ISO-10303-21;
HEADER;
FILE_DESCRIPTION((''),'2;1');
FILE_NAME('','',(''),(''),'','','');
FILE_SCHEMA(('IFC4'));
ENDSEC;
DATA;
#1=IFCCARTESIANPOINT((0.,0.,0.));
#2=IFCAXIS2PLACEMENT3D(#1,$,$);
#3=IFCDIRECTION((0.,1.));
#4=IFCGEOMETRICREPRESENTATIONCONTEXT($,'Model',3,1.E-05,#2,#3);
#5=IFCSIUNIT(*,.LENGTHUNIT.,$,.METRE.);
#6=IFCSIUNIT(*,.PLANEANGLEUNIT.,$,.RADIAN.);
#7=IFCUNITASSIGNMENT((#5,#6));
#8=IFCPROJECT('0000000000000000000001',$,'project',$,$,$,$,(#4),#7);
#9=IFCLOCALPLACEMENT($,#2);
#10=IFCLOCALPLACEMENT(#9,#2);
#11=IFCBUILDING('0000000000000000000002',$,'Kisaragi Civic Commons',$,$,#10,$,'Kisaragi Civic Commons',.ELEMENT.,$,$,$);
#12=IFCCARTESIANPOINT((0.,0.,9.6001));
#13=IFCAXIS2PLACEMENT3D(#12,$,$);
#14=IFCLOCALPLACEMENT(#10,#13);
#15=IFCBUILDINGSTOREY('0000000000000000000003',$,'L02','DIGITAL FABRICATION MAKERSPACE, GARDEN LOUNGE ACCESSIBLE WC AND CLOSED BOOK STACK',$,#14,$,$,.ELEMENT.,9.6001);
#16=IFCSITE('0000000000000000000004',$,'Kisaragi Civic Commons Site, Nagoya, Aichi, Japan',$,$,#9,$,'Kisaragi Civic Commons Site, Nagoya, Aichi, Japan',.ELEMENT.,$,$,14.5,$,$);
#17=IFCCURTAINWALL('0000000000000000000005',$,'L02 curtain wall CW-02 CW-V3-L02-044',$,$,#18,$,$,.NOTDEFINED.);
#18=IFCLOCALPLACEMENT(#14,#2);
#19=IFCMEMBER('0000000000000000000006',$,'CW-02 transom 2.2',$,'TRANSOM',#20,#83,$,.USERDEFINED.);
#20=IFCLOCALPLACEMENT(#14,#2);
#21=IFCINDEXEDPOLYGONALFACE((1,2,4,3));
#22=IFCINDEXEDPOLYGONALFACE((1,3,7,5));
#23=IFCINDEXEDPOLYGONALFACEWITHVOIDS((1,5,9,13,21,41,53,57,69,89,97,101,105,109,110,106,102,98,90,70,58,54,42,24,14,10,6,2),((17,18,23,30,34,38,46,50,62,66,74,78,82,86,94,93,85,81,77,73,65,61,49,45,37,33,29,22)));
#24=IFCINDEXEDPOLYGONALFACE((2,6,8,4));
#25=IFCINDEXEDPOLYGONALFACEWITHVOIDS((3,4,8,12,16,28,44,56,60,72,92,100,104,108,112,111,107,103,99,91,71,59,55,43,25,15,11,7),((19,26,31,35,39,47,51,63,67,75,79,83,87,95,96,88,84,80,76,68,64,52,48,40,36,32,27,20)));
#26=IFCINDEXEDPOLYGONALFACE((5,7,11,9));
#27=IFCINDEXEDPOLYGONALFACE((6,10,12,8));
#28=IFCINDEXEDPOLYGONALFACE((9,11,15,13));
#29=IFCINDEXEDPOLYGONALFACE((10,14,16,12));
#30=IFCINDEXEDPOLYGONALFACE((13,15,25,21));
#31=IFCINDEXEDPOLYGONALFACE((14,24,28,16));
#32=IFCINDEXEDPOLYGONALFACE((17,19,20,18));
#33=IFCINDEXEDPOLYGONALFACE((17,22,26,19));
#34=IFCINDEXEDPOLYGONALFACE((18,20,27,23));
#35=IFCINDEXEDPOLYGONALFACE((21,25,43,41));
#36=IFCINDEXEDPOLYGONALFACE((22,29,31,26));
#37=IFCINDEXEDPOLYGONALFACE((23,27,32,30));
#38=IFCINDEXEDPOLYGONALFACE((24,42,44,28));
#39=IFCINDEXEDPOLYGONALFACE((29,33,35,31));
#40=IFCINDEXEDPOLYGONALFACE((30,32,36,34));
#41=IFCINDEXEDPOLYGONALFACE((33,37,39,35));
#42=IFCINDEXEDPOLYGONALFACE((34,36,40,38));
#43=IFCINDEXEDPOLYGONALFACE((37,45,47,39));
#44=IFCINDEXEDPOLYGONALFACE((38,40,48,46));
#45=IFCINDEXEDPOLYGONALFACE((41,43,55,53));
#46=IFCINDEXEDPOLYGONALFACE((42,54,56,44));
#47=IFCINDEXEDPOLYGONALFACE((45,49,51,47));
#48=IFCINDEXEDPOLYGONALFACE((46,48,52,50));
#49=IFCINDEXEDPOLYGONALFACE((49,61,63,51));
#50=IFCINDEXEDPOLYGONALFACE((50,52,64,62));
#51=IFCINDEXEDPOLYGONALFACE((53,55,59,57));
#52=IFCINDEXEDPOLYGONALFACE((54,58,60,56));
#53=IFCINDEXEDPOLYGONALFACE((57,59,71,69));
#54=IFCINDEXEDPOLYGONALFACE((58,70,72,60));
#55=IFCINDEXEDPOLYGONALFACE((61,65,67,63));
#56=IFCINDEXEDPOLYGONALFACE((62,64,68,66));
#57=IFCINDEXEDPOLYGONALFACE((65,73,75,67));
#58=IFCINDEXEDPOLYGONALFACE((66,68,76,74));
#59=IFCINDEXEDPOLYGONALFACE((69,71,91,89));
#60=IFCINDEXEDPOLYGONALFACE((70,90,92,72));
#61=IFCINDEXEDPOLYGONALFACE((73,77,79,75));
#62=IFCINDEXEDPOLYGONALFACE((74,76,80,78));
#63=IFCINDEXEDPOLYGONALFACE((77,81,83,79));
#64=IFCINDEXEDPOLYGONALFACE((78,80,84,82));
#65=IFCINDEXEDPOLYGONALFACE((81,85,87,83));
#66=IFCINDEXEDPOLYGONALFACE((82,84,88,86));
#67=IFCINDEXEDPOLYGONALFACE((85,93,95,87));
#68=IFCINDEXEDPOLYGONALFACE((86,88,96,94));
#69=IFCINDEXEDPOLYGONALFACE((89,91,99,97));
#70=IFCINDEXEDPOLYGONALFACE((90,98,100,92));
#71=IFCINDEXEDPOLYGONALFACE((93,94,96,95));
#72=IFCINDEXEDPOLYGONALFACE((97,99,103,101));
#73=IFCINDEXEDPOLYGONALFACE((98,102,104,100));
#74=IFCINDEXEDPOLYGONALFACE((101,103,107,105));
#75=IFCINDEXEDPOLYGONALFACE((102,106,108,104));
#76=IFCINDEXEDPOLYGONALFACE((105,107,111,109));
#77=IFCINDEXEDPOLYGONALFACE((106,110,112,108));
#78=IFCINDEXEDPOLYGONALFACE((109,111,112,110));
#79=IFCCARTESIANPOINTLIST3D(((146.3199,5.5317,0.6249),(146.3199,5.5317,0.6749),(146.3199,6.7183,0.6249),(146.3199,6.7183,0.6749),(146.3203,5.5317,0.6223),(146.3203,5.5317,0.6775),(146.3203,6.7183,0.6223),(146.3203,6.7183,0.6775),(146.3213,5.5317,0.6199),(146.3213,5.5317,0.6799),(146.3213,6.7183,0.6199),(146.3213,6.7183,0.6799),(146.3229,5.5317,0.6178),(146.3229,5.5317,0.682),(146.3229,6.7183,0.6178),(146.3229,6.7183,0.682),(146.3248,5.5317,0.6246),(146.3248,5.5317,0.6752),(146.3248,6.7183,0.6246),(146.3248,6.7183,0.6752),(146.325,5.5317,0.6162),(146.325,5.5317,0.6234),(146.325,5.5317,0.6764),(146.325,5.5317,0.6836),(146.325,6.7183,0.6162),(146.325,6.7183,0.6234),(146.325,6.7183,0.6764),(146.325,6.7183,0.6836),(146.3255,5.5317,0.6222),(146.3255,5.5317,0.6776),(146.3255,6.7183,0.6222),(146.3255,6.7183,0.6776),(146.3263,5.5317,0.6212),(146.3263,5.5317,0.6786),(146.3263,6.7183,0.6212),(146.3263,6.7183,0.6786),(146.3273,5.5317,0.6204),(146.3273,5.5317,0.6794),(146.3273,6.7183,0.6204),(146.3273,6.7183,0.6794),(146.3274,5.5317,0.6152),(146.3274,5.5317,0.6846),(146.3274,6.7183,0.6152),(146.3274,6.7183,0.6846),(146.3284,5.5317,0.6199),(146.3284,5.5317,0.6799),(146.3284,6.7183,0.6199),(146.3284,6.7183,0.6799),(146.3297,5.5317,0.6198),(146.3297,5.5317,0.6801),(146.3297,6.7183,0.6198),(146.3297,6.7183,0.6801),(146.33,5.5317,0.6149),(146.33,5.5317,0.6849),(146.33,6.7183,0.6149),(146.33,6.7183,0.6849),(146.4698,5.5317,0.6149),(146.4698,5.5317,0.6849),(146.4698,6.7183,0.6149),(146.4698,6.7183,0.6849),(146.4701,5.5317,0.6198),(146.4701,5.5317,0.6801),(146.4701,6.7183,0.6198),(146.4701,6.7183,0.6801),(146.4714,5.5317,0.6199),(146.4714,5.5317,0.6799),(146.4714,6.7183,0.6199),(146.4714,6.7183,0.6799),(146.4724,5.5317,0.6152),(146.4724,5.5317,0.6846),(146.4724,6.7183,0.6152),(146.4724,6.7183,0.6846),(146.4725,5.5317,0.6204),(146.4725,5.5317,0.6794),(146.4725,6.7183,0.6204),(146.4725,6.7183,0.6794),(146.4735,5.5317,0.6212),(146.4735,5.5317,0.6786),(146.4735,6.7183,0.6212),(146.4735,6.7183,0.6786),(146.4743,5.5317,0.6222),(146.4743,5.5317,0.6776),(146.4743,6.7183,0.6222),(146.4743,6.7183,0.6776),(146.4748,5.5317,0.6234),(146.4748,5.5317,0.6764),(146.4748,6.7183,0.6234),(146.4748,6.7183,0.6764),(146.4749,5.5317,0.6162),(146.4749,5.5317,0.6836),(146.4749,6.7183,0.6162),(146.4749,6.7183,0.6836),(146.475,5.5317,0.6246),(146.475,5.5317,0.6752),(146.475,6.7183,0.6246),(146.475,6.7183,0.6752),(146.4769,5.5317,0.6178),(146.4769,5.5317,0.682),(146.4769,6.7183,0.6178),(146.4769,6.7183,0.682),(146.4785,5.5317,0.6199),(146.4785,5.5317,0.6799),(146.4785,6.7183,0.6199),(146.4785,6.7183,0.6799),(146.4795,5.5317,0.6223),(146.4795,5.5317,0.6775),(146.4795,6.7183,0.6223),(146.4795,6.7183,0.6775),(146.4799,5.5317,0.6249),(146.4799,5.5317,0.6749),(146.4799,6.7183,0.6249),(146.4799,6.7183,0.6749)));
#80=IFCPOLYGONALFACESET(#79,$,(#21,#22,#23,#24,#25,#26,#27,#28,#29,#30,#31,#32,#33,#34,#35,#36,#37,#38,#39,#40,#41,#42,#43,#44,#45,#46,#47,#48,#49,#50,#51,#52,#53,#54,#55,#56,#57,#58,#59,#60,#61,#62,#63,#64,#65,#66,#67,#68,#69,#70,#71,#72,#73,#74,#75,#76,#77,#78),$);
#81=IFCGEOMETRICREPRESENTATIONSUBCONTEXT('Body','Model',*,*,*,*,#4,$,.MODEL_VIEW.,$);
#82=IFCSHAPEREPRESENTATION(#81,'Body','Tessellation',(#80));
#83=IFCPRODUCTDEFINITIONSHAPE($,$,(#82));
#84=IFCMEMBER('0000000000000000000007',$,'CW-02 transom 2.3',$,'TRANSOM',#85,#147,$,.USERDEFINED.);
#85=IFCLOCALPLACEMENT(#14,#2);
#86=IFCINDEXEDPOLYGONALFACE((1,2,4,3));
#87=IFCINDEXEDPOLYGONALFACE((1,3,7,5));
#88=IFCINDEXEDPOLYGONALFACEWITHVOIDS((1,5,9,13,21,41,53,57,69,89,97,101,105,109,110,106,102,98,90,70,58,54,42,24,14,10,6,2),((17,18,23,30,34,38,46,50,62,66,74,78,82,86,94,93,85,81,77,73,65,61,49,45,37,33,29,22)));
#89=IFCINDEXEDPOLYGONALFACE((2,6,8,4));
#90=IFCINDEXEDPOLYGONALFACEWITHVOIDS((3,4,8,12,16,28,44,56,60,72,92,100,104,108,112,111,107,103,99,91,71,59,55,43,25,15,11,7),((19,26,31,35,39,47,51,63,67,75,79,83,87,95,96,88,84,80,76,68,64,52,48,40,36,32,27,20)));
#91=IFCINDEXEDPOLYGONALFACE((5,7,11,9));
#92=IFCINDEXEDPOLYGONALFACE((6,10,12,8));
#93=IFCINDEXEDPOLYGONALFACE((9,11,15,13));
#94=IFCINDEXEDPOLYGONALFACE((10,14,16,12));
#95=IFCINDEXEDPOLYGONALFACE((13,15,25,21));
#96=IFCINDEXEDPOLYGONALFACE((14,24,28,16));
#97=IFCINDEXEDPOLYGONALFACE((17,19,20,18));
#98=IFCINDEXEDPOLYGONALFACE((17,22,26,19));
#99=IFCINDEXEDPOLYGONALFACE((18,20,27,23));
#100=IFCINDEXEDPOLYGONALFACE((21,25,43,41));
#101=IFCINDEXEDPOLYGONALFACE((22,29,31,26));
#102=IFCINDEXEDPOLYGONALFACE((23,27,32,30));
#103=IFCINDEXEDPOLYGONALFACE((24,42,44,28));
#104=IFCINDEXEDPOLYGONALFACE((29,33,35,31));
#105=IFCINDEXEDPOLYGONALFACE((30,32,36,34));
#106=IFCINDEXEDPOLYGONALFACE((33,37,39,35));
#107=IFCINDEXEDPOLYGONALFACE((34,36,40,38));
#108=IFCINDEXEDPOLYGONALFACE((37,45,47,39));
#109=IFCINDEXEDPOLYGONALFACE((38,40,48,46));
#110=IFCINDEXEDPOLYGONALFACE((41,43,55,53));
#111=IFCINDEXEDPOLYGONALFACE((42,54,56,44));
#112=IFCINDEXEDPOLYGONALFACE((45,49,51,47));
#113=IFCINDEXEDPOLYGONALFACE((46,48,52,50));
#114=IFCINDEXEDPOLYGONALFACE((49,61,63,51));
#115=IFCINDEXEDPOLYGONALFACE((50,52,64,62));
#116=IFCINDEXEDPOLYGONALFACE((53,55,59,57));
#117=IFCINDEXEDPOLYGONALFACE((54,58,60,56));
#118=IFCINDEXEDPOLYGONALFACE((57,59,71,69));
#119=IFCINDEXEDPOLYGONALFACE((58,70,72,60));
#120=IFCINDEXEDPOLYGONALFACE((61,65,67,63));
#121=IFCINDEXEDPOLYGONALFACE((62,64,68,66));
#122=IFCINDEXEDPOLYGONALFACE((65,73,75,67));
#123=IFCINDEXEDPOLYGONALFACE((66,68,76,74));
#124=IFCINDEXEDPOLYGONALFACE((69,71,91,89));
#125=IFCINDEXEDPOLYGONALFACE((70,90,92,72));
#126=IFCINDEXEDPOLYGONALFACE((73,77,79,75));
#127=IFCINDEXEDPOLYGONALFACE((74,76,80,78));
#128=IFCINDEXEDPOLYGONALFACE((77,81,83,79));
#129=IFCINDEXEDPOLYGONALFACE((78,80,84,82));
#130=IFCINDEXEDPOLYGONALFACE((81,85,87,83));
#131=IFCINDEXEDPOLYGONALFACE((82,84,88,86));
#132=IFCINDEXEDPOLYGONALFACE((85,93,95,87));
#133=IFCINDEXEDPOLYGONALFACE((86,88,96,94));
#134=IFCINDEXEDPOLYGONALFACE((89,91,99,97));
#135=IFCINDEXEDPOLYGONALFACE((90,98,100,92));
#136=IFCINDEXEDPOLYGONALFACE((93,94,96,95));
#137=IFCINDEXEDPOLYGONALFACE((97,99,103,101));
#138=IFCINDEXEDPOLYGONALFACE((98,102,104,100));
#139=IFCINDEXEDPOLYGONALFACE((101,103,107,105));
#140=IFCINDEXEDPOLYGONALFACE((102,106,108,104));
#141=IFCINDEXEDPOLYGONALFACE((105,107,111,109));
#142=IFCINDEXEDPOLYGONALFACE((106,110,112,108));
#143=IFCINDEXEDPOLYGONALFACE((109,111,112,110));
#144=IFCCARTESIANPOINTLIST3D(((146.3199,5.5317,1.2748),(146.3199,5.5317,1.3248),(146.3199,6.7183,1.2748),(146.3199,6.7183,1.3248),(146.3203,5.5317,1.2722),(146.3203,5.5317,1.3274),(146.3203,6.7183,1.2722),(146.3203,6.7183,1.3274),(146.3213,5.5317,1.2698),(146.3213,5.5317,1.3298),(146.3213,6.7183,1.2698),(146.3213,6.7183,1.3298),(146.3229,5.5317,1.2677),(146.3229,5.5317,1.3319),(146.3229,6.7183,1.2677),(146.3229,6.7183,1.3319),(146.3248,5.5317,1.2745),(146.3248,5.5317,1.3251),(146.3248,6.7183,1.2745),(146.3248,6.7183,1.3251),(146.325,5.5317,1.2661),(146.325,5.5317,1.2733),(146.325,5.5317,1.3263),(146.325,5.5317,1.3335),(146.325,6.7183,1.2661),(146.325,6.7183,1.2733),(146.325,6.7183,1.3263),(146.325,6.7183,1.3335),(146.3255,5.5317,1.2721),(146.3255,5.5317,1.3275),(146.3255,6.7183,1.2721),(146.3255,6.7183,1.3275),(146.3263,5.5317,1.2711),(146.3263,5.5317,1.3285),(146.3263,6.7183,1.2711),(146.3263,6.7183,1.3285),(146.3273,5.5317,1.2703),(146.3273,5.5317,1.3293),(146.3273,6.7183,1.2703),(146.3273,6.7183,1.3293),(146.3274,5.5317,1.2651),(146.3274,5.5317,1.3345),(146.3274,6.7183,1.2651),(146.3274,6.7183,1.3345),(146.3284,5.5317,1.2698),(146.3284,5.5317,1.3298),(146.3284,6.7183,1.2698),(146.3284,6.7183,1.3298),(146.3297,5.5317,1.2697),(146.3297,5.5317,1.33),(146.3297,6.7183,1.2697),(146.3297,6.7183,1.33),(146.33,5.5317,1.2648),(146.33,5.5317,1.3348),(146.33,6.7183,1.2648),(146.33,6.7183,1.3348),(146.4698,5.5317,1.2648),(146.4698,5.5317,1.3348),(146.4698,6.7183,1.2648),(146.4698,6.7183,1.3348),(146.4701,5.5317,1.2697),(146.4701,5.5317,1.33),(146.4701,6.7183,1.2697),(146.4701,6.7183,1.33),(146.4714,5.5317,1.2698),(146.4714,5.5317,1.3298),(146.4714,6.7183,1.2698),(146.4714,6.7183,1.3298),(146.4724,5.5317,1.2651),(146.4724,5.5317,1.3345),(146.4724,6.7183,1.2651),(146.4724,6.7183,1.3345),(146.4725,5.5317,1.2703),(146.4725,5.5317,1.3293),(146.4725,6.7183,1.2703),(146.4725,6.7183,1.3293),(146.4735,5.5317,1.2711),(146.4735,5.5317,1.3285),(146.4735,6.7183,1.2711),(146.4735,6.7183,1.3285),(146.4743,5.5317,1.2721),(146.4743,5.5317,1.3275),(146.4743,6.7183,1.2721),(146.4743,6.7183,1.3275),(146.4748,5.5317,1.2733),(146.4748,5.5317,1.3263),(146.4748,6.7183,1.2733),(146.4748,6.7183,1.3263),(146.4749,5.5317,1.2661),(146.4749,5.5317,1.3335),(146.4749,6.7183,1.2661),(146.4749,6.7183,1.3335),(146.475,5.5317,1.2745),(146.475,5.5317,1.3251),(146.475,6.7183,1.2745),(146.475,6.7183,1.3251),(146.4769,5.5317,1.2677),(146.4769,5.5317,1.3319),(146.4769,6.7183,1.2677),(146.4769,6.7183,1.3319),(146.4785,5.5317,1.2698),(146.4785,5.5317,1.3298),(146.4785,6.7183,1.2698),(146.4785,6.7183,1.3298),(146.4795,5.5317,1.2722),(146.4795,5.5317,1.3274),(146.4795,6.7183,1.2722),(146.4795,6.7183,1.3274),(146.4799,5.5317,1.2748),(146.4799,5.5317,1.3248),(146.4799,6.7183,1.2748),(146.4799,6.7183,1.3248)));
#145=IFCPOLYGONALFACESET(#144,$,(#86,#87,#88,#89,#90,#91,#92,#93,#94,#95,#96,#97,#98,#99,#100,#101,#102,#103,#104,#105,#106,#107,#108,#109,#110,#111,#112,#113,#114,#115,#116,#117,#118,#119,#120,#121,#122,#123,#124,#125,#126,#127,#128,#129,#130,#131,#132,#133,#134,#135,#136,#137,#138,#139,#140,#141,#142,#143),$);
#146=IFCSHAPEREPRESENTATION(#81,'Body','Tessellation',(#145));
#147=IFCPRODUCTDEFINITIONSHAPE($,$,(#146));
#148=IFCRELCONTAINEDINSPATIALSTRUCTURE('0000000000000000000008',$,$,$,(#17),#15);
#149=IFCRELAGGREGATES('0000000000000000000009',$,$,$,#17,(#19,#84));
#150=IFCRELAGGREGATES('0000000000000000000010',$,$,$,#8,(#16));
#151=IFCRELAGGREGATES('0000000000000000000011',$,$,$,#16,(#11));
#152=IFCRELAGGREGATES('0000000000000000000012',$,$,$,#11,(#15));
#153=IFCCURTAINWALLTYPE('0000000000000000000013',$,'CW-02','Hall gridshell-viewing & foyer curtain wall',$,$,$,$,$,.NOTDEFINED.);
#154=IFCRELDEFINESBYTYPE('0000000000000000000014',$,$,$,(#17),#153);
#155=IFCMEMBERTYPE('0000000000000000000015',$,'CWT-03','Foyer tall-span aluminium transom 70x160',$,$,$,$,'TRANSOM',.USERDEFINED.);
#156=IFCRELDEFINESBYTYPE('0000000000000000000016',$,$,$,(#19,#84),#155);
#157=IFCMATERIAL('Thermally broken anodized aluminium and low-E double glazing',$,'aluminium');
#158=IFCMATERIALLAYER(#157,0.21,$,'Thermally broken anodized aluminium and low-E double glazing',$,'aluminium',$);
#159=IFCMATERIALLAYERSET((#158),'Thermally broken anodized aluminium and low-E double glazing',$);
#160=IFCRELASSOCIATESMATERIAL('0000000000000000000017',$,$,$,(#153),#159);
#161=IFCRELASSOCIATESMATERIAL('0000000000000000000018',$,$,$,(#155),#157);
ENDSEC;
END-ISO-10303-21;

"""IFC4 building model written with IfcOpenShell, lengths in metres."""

from ifc_helpers import new_model, si_unit, direction, frame, origin, origin_2d, place, context, subcontext, project, spatial, hollow_rectangle, extrude, material, layer, layer_set, material_profile, profile_set, type_object, element, aggregate, save


model = new_model("IFC4")

# Units and contexts
model_context = context("Model", 3, precision=1e-05, world=origin(), true_north=direction((0.0, 1.0)))
body_context = subcontext(model_context, "Body", "Model", "MODEL_VIEW")
ifc_project = project(units=[si_unit("LENGTHUNIT", "METRE"), si_unit("PLANEANGLEUNIT", "RADIAN")], contexts=[model_context])

# Site, building, storey
site_placement = place(None, origin())
site = spatial("IfcSite", under=ifc_project, at=site_placement, Name="Kisaragi Civic Commons Site, Nagoya, Aichi, Japan", LongName="Kisaragi Civic Commons Site, Nagoya, Aichi, Japan", CompositionType="ELEMENT", RefElevation=14.5)
building_placement = place(site_placement, origin())
building = spatial("IfcBuilding", under=site, at=building_placement, Name="Kisaragi Civic Commons", LongName="Kisaragi Civic Commons", CompositionType="ELEMENT")
storey_placement = place(building_placement, frame((0.0, 0.0, 9.6001)))
storey = spatial("IfcBuildingStorey", under=building, at=storey_placement, Name="L02", Description="DIGITAL FABRICATION MAKERSPACE, GARDEN LOUNGE ACCESSIBLE WC AND CLOSED BOOK STACK", CompositionType="ELEMENT", Elevation=9.6001)

# Curtain wall, members
ifc_material_1 = material(Name="Thermally broken anodized aluminium and low-E double glazing", Category="aluminium")
ifc_layer_1 = layer(ifc_material_1, 0.21, Name="Thermally broken anodized aluminium and low-E double glazing", Category="aluminium")
ifc_layer_set_1 = layer_set([ifc_layer_1], Name="Thermally broken anodized aluminium and low-E double glazing")
curtain_wall_type = type_object("IfcCurtainWallType", Name="CW-02", Description="Hall gridshell-viewing & foyer curtain wall", PredefinedType="NOTDEFINED", material=ifc_layer_set_1)
curtain_wall_placement = place(storey_placement, origin())
curtain_wall = element("IfcCurtainWall", 1, at=curtain_wall_placement, inside=storey, type_object=curtain_wall_type, Name="L02 curtain wall CW-02 CW-V3-L02-044", PredefinedType="NOTDEFINED")
ifc_material_profile_1 = material_profile(ifc_material_1, hollow_rectangle(XDim=0.1599, YDim=0.0701, WallThickness=0.0049, InnerFilletRadius=0.0049, OuterFilletRadius=0.01, at=origin_2d()), Name="CWT-70x160x5", Category="aluminium")
ifc_profile_set_1 = profile_set([ifc_material_profile_1], Name="Thermally broken anodized aluminium and low-E double glazing")
member_type_1 = type_object("IfcMemberType", Name="CWT-03", Description="Foyer tall-span aluminium transom 70x160", ElementType="TRANSOM", PredefinedType="USERDEFINED", material=ifc_profile_set_1)
member_1_placement = place(storey_placement, frame((146.3999, 5.5317, 0.6499), z_axis=(0.0, 1.0, 0.0), x_axis=(-1.0, 0.0, 0.0)))
member_1 = element("IfcMember", 2, at=member_1_placement, type_object=member_type_1, Name="CW-02 transom 2.2", ObjectType="TRANSOM", PredefinedType="USERDEFINED", context=body_context, shape_type="SweptSolid", body=[
    extrude(hollow_rectangle(XDim=0.1599, YDim=0.0701, WallThickness=0.0049, InnerFilletRadius=0.0049, OuterFilletRadius=0.01, at=origin_2d()), origin(), (0.0, 0.0, 1.0), 1.1865),
])
member_2_placement = place(storey_placement, frame((146.3999, 5.5317, 1.2998), z_axis=(0.0, 1.0, 0.0), x_axis=(-1.0, 0.0, 0.0)))
member_2 = element("IfcMember", 3, at=member_2_placement, type_object=member_type_1, Name="CW-02 transom 2.3", ObjectType="TRANSOM", PredefinedType="USERDEFINED", context=body_context, shape_type="SweptSolid", body=[
    extrude(hollow_rectangle(XDim=0.1599, YDim=0.0701, WallThickness=0.0049, InnerFilletRadius=0.0049, OuterFilletRadius=0.01, at=origin_2d()), origin(), (0.0, 0.0, 1.0), 1.1865),
])

aggregate(curtain_wall, [member_1, member_2])

save(model, "model.ifc")
